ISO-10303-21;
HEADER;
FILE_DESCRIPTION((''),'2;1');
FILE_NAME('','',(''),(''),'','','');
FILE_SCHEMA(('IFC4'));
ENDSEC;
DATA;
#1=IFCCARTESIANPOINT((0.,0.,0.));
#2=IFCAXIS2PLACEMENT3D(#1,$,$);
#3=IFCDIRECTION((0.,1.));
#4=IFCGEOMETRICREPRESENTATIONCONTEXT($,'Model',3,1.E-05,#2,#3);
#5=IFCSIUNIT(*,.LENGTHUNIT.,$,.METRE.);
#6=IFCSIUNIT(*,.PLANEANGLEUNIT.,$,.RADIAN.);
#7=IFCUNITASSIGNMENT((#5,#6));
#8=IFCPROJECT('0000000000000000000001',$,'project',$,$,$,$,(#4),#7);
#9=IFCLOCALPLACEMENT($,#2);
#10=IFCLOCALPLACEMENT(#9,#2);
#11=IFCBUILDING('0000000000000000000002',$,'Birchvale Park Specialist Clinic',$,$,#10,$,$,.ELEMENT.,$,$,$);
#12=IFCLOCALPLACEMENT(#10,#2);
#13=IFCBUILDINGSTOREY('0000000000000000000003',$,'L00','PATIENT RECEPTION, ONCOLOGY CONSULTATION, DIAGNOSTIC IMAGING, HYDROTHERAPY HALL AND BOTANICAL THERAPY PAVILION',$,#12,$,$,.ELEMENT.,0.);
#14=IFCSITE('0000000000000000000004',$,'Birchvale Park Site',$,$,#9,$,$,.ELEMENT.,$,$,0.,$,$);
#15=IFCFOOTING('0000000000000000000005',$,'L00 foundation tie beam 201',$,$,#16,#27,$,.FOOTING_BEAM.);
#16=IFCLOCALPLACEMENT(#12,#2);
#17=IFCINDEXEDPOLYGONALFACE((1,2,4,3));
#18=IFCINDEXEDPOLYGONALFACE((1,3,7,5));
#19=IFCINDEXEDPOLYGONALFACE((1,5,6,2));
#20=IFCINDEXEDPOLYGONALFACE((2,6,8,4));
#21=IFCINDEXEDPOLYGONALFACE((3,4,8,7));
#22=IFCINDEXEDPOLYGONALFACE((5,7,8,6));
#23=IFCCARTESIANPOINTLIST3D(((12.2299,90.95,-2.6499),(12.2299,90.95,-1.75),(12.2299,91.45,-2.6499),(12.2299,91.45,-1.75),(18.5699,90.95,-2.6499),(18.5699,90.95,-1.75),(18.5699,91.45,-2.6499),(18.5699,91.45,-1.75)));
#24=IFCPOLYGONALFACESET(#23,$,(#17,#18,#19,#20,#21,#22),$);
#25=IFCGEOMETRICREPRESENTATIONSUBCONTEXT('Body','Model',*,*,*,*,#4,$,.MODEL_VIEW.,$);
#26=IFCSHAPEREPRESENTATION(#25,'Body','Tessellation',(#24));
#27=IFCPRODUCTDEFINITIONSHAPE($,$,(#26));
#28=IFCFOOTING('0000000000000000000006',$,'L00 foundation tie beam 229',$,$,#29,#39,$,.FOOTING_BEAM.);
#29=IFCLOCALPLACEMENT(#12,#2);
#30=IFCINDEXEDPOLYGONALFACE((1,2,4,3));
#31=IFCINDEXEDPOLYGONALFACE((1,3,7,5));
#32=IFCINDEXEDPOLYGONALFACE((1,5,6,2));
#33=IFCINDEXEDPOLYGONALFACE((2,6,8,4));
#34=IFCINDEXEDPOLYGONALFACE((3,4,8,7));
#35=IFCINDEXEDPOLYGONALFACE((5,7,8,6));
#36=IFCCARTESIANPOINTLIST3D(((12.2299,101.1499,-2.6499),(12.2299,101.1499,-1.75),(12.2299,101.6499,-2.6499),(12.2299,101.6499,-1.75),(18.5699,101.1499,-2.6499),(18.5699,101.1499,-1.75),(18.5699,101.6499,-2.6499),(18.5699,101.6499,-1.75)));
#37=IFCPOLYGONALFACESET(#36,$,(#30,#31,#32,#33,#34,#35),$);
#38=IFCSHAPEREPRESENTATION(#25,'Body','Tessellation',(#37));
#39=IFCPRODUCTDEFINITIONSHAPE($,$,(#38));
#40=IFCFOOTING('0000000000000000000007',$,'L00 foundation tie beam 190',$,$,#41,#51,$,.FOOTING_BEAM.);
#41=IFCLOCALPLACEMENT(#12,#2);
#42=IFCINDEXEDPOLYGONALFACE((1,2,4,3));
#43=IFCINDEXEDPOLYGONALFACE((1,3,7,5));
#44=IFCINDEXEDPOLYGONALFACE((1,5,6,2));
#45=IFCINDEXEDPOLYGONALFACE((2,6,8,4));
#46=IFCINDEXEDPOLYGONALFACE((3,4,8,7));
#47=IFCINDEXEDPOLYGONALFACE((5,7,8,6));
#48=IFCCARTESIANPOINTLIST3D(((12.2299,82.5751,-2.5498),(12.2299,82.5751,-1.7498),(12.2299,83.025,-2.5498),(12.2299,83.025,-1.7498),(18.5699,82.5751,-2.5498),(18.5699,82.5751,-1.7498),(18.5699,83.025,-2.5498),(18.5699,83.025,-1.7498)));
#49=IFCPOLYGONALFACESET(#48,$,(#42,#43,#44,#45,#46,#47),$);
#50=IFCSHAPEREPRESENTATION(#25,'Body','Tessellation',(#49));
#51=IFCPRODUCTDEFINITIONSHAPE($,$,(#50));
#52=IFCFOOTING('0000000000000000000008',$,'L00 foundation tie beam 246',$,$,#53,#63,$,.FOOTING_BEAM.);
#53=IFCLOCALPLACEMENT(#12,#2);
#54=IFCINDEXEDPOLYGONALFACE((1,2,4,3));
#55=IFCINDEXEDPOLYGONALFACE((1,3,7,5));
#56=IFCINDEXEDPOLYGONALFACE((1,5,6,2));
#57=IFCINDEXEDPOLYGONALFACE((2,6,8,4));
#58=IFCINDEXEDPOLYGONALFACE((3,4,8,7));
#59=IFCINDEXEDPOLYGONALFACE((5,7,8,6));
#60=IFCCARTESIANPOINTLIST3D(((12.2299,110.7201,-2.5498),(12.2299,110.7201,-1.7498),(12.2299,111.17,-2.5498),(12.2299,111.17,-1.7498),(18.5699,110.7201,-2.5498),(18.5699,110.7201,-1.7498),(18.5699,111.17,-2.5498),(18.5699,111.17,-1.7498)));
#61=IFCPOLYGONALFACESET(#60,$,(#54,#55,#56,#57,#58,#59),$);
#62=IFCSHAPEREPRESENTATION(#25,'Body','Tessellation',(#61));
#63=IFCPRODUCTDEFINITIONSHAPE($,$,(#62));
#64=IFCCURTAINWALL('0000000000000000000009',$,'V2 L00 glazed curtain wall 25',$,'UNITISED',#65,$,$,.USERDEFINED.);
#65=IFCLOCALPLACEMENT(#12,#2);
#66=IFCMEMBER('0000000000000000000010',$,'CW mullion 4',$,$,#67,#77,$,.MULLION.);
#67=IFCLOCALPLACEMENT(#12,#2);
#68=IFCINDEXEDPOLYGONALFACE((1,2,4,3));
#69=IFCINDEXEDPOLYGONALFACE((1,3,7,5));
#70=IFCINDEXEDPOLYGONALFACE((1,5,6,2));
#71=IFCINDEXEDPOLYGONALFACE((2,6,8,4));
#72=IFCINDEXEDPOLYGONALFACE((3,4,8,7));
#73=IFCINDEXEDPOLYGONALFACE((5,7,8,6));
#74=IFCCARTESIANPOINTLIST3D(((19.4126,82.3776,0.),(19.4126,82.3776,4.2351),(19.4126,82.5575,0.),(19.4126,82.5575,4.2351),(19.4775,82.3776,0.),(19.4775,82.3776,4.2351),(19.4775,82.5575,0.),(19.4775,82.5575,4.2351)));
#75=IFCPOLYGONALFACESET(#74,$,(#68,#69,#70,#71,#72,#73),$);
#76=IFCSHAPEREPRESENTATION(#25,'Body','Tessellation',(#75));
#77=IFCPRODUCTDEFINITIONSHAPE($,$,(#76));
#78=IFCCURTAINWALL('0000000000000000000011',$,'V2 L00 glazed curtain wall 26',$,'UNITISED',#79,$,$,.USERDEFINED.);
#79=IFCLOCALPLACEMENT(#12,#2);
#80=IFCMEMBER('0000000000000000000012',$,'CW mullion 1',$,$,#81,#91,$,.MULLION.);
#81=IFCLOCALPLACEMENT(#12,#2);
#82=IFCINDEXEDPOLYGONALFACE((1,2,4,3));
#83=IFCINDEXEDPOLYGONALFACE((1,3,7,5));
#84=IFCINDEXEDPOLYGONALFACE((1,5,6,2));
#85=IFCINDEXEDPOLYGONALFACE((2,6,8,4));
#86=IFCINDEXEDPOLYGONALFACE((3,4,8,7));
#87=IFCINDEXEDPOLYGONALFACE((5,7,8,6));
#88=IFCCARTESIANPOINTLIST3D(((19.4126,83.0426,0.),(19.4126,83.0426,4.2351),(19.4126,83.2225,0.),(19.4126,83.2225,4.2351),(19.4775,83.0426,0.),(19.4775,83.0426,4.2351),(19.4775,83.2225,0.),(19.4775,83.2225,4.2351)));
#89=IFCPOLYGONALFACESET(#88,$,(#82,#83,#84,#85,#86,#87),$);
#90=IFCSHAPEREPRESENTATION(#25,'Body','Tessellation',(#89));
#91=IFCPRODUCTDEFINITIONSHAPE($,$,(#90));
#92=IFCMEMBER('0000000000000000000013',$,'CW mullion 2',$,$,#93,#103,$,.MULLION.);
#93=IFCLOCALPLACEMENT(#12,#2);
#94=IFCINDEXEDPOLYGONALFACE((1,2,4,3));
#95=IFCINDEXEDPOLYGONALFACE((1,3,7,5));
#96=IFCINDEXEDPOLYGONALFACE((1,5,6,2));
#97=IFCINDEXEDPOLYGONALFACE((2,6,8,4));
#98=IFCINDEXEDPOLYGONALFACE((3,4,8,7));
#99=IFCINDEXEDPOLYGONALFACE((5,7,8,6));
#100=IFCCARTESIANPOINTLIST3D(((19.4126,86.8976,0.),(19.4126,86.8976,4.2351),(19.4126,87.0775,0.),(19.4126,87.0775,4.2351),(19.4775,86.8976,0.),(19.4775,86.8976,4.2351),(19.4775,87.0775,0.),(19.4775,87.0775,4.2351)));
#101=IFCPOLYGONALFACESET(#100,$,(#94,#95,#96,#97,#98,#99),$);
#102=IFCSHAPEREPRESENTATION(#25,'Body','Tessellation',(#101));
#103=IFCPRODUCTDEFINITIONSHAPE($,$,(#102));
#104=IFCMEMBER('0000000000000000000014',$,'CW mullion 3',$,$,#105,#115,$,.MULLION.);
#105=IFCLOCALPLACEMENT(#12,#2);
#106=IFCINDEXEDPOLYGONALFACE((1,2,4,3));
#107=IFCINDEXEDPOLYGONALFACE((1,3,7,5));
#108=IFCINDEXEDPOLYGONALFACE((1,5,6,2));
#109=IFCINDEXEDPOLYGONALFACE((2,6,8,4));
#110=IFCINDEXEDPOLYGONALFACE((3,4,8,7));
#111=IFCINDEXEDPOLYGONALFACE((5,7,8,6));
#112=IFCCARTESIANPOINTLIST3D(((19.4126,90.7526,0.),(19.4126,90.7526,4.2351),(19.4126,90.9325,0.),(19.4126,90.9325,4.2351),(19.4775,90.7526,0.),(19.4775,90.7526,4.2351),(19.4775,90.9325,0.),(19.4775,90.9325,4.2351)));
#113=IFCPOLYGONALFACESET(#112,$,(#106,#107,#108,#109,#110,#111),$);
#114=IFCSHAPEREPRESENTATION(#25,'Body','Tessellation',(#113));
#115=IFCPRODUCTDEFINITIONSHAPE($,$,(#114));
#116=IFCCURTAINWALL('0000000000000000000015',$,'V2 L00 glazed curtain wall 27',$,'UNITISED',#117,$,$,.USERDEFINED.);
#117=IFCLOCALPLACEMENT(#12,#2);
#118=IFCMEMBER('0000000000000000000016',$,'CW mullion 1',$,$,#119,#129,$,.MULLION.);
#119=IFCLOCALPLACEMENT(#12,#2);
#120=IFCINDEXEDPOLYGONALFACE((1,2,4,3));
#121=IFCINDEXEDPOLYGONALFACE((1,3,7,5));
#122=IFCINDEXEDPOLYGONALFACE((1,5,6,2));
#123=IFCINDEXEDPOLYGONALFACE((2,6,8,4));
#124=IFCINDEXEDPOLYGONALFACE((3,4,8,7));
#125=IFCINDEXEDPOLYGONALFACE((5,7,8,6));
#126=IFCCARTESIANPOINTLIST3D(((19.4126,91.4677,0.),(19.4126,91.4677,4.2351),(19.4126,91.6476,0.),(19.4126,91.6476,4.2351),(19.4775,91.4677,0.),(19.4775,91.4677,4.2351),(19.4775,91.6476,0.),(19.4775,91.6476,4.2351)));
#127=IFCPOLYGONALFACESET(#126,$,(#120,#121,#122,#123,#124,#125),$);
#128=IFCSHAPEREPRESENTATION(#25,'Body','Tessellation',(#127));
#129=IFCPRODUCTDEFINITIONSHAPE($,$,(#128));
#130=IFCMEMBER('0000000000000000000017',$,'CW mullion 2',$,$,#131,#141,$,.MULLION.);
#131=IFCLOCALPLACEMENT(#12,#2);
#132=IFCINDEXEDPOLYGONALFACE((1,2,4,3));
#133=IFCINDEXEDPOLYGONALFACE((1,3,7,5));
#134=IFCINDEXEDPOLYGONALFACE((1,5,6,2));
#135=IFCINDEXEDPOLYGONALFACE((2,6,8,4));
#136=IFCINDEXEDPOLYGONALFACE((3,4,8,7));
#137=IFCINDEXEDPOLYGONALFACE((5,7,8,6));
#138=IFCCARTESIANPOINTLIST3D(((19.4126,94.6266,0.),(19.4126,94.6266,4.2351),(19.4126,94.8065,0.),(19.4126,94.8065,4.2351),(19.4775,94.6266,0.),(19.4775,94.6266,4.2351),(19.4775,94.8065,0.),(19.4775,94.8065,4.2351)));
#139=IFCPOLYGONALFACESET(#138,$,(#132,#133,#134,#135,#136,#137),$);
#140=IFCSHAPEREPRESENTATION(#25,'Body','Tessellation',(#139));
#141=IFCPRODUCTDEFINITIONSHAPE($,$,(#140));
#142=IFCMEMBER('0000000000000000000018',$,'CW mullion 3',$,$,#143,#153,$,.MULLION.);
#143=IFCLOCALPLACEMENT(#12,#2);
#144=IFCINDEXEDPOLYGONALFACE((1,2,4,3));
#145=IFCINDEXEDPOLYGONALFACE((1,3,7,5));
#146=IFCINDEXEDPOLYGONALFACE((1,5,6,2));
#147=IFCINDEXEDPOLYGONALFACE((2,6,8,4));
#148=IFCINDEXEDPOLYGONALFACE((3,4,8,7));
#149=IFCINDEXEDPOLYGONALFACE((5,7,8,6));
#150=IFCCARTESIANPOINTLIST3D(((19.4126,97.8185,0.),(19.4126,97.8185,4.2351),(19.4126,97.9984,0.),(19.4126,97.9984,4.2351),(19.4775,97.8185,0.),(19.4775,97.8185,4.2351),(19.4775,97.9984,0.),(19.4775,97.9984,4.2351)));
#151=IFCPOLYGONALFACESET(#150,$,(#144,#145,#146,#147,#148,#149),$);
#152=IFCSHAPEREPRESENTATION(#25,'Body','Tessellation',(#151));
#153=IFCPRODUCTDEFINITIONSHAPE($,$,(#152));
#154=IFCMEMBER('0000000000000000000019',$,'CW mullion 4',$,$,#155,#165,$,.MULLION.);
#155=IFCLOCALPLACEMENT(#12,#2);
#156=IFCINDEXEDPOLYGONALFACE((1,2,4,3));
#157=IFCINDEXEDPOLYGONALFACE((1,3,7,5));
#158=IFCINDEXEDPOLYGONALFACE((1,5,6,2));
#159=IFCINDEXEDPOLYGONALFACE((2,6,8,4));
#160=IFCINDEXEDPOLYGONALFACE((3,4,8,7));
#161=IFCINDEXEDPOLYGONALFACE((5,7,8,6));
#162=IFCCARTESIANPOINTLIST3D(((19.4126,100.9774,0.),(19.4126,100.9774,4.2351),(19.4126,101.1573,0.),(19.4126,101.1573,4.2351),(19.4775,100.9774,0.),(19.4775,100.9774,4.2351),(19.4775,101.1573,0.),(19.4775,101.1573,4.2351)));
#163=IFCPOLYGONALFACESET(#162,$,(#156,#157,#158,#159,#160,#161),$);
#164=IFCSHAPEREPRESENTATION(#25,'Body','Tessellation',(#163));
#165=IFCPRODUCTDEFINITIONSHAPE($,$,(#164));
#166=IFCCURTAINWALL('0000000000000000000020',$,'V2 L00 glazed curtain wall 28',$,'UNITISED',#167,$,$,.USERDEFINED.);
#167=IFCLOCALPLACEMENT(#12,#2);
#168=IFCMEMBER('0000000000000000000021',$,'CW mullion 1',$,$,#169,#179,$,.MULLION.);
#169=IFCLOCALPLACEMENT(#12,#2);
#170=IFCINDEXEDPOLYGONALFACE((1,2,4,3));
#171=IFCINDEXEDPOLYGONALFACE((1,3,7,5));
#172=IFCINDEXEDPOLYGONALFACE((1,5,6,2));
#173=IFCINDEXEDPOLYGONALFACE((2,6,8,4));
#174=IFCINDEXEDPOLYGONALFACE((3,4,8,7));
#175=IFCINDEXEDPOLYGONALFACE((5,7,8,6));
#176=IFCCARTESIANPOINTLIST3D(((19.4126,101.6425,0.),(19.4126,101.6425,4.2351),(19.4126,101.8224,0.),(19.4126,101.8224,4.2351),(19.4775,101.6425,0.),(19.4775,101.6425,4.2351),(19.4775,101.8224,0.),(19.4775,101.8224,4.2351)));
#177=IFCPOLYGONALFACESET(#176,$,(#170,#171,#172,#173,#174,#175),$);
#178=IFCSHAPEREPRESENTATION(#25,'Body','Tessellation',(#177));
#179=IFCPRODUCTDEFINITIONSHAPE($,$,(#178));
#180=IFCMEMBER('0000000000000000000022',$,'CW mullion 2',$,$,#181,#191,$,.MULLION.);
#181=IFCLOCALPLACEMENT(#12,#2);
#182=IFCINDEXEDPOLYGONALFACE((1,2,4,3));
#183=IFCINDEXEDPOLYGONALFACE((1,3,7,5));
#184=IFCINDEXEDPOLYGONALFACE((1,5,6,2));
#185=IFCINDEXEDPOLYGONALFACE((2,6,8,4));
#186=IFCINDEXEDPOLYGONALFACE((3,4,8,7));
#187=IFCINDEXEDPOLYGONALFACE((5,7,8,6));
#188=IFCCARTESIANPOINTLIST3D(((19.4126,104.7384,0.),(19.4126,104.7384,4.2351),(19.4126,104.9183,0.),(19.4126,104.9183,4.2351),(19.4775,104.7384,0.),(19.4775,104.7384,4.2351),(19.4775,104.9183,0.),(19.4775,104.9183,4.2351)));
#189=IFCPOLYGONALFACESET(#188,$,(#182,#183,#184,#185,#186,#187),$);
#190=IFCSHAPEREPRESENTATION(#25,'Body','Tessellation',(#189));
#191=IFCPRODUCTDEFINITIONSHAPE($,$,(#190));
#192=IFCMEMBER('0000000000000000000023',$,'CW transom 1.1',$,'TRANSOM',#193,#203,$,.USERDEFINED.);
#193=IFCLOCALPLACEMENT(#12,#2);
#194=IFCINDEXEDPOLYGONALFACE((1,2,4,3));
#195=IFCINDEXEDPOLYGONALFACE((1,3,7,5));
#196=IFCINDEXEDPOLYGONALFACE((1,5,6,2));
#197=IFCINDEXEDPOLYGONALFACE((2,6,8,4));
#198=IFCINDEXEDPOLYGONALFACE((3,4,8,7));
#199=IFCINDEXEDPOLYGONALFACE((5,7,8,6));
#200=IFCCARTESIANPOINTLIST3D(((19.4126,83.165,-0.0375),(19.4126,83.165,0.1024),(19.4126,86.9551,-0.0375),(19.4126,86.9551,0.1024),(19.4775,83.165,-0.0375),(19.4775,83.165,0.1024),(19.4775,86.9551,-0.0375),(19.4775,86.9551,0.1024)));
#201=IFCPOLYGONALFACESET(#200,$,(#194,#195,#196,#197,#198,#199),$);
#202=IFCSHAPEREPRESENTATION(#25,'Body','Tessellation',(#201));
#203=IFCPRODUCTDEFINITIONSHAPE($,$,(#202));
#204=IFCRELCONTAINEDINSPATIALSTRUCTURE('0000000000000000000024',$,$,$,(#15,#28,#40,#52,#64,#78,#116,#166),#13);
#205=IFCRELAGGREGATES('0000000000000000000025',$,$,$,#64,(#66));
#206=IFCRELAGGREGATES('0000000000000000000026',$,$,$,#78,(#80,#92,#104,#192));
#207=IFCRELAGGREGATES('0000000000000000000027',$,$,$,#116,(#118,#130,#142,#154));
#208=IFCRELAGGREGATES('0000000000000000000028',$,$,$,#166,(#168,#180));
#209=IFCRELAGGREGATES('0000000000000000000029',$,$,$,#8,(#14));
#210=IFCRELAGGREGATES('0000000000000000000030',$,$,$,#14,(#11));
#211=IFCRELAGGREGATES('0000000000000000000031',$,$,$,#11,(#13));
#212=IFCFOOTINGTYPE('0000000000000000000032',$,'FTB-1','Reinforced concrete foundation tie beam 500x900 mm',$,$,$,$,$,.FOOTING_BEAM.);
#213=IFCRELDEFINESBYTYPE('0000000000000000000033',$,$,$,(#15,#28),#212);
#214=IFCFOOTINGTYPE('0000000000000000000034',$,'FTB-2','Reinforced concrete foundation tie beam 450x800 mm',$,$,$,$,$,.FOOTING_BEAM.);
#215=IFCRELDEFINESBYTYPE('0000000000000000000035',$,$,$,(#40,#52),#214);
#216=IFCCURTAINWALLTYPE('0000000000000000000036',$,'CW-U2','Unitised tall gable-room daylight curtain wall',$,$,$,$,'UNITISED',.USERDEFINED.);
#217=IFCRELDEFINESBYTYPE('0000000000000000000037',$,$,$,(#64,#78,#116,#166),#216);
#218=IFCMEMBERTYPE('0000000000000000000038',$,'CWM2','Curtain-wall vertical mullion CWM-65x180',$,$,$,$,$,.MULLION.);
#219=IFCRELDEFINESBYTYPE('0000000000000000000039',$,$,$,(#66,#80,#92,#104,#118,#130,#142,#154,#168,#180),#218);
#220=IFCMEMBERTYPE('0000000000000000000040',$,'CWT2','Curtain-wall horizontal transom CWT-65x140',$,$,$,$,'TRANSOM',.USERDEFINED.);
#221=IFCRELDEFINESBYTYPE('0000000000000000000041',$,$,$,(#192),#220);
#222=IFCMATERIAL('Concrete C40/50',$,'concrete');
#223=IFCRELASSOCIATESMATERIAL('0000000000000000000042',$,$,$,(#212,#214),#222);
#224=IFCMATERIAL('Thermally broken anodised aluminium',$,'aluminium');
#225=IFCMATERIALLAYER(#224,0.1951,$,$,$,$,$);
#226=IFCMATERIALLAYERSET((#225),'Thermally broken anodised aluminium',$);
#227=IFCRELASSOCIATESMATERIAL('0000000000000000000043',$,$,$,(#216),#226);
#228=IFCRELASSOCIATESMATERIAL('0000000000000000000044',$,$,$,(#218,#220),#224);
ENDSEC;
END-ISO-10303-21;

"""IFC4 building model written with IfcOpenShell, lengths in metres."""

from ifc_helpers import new_model, si_unit, direction, frame, origin, origin_2d, place, context, subcontext, project, spatial, rectangle, extrude, material, layer, layer_set, material_profile, profile_set, type_object, element, aggregate, save


model = new_model("IFC4")

# Units and contexts
model_context = context("Model", 3, precision=1e-05, world=origin(), true_north=direction((0.0, 1.0)))
body_context = subcontext(model_context, "Body", "Model", "MODEL_VIEW")
ifc_project = project(units=[si_unit("LENGTHUNIT", "METRE"), si_unit("PLANEANGLEUNIT", "RADIAN")], contexts=[model_context])

# Site, building, storey
site_placement = place(None, origin())
site = spatial("IfcSite", under=ifc_project, at=site_placement, Name="Birchvale Park Site", CompositionType="ELEMENT", RefElevation=0.0)
building_placement = place(site_placement, origin())
building = spatial("IfcBuilding", under=site, at=building_placement, Name="Birchvale Park Specialist Clinic", CompositionType="ELEMENT")
storey_placement = place(building_placement, origin())
storey = spatial("IfcBuildingStorey", under=building, at=storey_placement, Name="L00", Description="PATIENT RECEPTION, ONCOLOGY CONSULTATION, DIAGNOSTIC IMAGING, HYDROTHERAPY HALL AND BOTANICAL THERAPY PAVILION", CompositionType="ELEMENT", Elevation=0.0)

# Footings
ifc_material_1 = material(Name="Concrete C40/50", Category="concrete")
footing_type_1 = type_object("IfcFootingType", Name="FTB-1", Description="Reinforced concrete foundation tie beam 500x900 mm", PredefinedType="FOOTING_BEAM", material=ifc_material_1)
for number, where, z_axis, x_axis, name in (
    (1, (15.3999, 91.2, -2.6499), (0.0, 0.0, 1.0), (1.0, 0.0, 0.0), "L00 foundation tie beam 201"),
    (2, (15.3999, 101.3999, -2.6499), (0.0, 0.0, 1.0), (1.0, 0.0, 0.0), "L00 foundation tie beam 229"),
):
    element("IfcFooting", number, at=place(storey_placement, frame(where, z_axis=z_axis, x_axis=x_axis)), inside=storey, type_object=footing_type_1, Name=name, PredefinedType="FOOTING_BEAM", context=body_context, shape_type="SweptSolid", body=[
        extrude(rectangle(XDim=6.3401, YDim=0.5, at=origin_2d()), origin(), (0.0, 0.0, 1.0), 0.8999),
    ])
footing_type_2 = type_object("IfcFootingType", Name="FTB-2", Description="Reinforced concrete foundation tie beam 450x800 mm", PredefinedType="FOOTING_BEAM", material=ifc_material_1)
for number, where, z_axis, x_axis, name in (
    (3, (15.3999, 82.8, -2.5498), (0.0, 0.0, 1.0), (1.0, 0.0, 0.0), "L00 foundation tie beam 190"),
    (4, (15.3999, 110.9451, -2.5498), (0.0, 0.0, 1.0), (1.0, 0.0, 0.0), "L00 foundation tie beam 246"),
):
    element("IfcFooting", number, at=place(storey_placement, frame(where, z_axis=z_axis, x_axis=x_axis)), inside=storey, type_object=footing_type_2, Name=name, PredefinedType="FOOTING_BEAM", context=body_context, shape_type="SweptSolid", body=[
        extrude(rectangle(XDim=6.3401, YDim=0.45, at=origin_2d()), origin(), (0.0, 0.0, 1.0), 0.8),
    ])

# Curtain wall, member
ifc_material_2 = material(Name="Thermally broken anodised aluminium", Category="aluminium")
ifc_layer_1 = layer(ifc_material_2, 0.1951)
ifc_layer_set_1 = layer_set([ifc_layer_1], Name="Thermally broken anodised aluminium")
curtain_wall_type = type_object("IfcCurtainWallType", Name="CW-U2", Description="Unitised tall gable-room daylight curtain wall", ElementType="UNITISED", PredefinedType="USERDEFINED", material=ifc_layer_set_1)
curtain_wall_1_placement = place(storey_placement, origin())
curtain_wall_1 = element("IfcCurtainWall", 5, at=curtain_wall_1_placement, inside=storey, type_object=curtain_wall_type, Name="V2 L00 glazed curtain wall 25", ObjectType="UNITISED", PredefinedType="USERDEFINED")
ifc_material_profile_1 = material_profile(ifc_material_2, rectangle(XDim=0.0649, YDim=0.1799, at=origin_2d()), Name="CWM-65x180")
ifc_profile_set_1 = profile_set([ifc_material_profile_1], Name="Thermally broken anodised aluminium")
member_type_1 = type_object("IfcMemberType", Name="CWM2", Description="Curtain-wall vertical mullion CWM-65x180", PredefinedType="MULLION", material=ifc_profile_set_1)
member_1_placement = place(storey_placement, frame((19.4451, 82.4675, 0.0), z_axis=(0.0, 0.0, 1.0), x_axis=(-1.0, 0.0, 0.0)))
member_1 = element("IfcMember", 6, at=member_1_placement, type_object=member_type_1, Name="CW mullion 4", PredefinedType="MULLION", context=body_context, shape_type="SweptSolid", body=[
    extrude(rectangle(XDim=0.0649, YDim=0.1799, at=origin_2d()), origin(), (0.0, 0.0, 1.0), 4.2351),
])
aggregate(curtain_wall_1, [member_1])

# Curtain walls, members
curtain_wall_2_placement = place(storey_placement, origin())
curtain_wall_2 = element("IfcCurtainWall", 7, at=curtain_wall_2_placement, inside=storey, type_object=curtain_wall_type, Name="V2 L00 glazed curtain wall 26", ObjectType="UNITISED", PredefinedType="USERDEFINED")
member_2_placement = place(storey_placement, frame((19.4451, 83.1326, 0.0), z_axis=(0.0, 0.0, 1.0), x_axis=(-1.0, 0.0, 0.0)))
member_2 = element("IfcMember", 8, at=member_2_placement, type_object=member_type_1, Name="CW mullion 1", PredefinedType="MULLION", context=body_context, shape_type="SweptSolid", body=[
    extrude(rectangle(XDim=0.0649, YDim=0.1799, at=origin_2d()), origin(), (0.0, 0.0, 1.0), 4.2351),
])
member_3_placement = place(storey_placement, frame((19.4451, 86.9875, 0.0), z_axis=(0.0, 0.0, 1.0), x_axis=(-1.0, 0.0, 0.0)))
member_3 = element("IfcMember", 9, at=member_3_placement, type_object=member_type_1, Name="CW mullion 2", PredefinedType="MULLION", context=body_context, shape_type="SweptSolid", body=[
    extrude(rectangle(XDim=0.0649, YDim=0.1799, at=origin_2d()), origin(), (0.0, 0.0, 1.0), 4.2351),
])
member_4_placement = place(storey_placement, frame((19.4451, 90.8425, 0.0), z_axis=(0.0, 0.0, 1.0), x_axis=(-1.0, 0.0, 0.0)))
member_4 = element("IfcMember", 10, at=member_4_placement, type_object=member_type_1, Name="CW mullion 3", PredefinedType="MULLION", context=body_context, shape_type="SweptSolid", body=[
    extrude(rectangle(XDim=0.0649, YDim=0.1799, at=origin_2d()), origin(), (0.0, 0.0, 1.0), 4.2351),
])
curtain_wall_3_placement = place(storey_placement, origin())
curtain_wall_3 = element("IfcCurtainWall", 11, at=curtain_wall_3_placement, inside=storey, type_object=curtain_wall_type, Name="V2 L00 glazed curtain wall 27", ObjectType="UNITISED", PredefinedType="USERDEFINED")
member_5_placement = place(storey_placement, frame((19.4451, 91.5576, 0.0), z_axis=(0.0, 0.0, 1.0), x_axis=(-1.0, 0.0, 0.0)))
member_5 = element("IfcMember", 12, at=member_5_placement, type_object=member_type_1, Name="CW mullion 1", PredefinedType="MULLION", context=body_context, shape_type="SweptSolid", body=[
    extrude(rectangle(XDim=0.0649, YDim=0.1799, at=origin_2d()), origin(), (0.0, 0.0, 1.0), 4.2351),
])
member_6_placement = place(storey_placement, frame((19.4451, 94.7166, 0.0), z_axis=(0.0, 0.0, 1.0), x_axis=(-1.0, 0.0, 0.0)))
member_6 = element("IfcMember", 13, at=member_6_placement, type_object=member_type_1, Name="CW mullion 2", PredefinedType="MULLION", context=body_context, shape_type="SweptSolid", body=[
    extrude(rectangle(XDim=0.0649, YDim=0.1799, at=origin_2d()), origin(), (0.0, 0.0, 1.0), 4.2351),
])
member_7_placement = place(storey_placement, frame((19.4451, 97.9084, 0.0), z_axis=(0.0, 0.0, 1.0), x_axis=(-1.0, 0.0, 0.0)))
member_7 = element("IfcMember", 14, at=member_7_placement, type_object=member_type_1, Name="CW mullion 3", PredefinedType="MULLION", context=body_context, shape_type="SweptSolid", body=[
    extrude(rectangle(XDim=0.0649, YDim=0.1799, at=origin_2d()), origin(), (0.0, 0.0, 1.0), 4.2351),
])
member_8_placement = place(storey_placement, frame((19.4451, 101.0674, 0.0), z_axis=(0.0, 0.0, 1.0), x_axis=(-1.0, 0.0, 0.0)))
member_8 = element("IfcMember", 15, at=member_8_placement, type_object=member_type_1, Name="CW mullion 4", PredefinedType="MULLION", context=body_context, shape_type="SweptSolid", body=[
    extrude(rectangle(XDim=0.0649, YDim=0.1799, at=origin_2d()), origin(), (0.0, 0.0, 1.0), 4.2351),
])
curtain_wall_4_placement = place(storey_placement, origin())
curtain_wall_4 = element("IfcCurtainWall", 16, at=curtain_wall_4_placement, inside=storey, type_object=curtain_wall_type, Name="V2 L00 glazed curtain wall 28", ObjectType="UNITISED", PredefinedType="USERDEFINED")
member_9_placement = place(storey_placement, frame((19.4451, 101.7324, 0.0), z_axis=(0.0, 0.0, 1.0), x_axis=(-1.0, 0.0, 0.0)))
member_9 = element("IfcMember", 17, at=member_9_placement, type_object=member_type_1, Name="CW mullion 1", PredefinedType="MULLION", context=body_context, shape_type="SweptSolid", body=[
    extrude(rectangle(XDim=0.0649, YDim=0.1799, at=origin_2d()), origin(), (0.0, 0.0, 1.0), 4.2351),
])
member_10_placement = place(storey_placement, frame((19.4451, 104.8284, 0.0), z_axis=(0.0, 0.0, 1.0), x_axis=(-1.0, 0.0, 0.0)))
member_10 = element("IfcMember", 18, at=member_10_placement, type_object=member_type_1, Name="CW mullion 2", PredefinedType="MULLION", context=body_context, shape_type="SweptSolid", body=[
    extrude(rectangle(XDim=0.0649, YDim=0.1799, at=origin_2d()), origin(), (0.0, 0.0, 1.0), 4.2351),
])

# Member
ifc_material_profile_2 = material_profile(ifc_material_2, rectangle(XDim=0.0649, YDim=0.1399, at=origin_2d()), Name="CWT-65x140")
ifc_profile_set_2 = profile_set([ifc_material_profile_2], Name="Thermally broken anodised aluminium")
member_type_2 = type_object("IfcMemberType", Name="CWT2", Description="Curtain-wall horizontal transom CWT-65x140", ElementType="TRANSOM", PredefinedType="USERDEFINED", material=ifc_profile_set_2)
member_11_placement = place(storey_placement, frame((19.4451, 83.165, 0.0325), z_axis=(0.0, 1.0, 0.0), x_axis=(-1.0, 0.0, 0.0)))
member_11 = element("IfcMember", 19, at=member_11_placement, type_object=member_type_2, Name="CW transom 1.1", ObjectType="TRANSOM", PredefinedType="USERDEFINED", context=body_context, shape_type="SweptSolid", body=[
    extrude(rectangle(XDim=0.0649, YDim=0.1399, at=origin_2d()), origin(), (0.0, 0.0, 1.0), 3.79),
])

aggregate(curtain_wall_2, [member_2, member_3, member_4, member_11])
aggregate(curtain_wall_3, [member_5, member_6, member_7, member_8])
aggregate(curtain_wall_4, [member_9, member_10])

save(model, "model.ifc")
